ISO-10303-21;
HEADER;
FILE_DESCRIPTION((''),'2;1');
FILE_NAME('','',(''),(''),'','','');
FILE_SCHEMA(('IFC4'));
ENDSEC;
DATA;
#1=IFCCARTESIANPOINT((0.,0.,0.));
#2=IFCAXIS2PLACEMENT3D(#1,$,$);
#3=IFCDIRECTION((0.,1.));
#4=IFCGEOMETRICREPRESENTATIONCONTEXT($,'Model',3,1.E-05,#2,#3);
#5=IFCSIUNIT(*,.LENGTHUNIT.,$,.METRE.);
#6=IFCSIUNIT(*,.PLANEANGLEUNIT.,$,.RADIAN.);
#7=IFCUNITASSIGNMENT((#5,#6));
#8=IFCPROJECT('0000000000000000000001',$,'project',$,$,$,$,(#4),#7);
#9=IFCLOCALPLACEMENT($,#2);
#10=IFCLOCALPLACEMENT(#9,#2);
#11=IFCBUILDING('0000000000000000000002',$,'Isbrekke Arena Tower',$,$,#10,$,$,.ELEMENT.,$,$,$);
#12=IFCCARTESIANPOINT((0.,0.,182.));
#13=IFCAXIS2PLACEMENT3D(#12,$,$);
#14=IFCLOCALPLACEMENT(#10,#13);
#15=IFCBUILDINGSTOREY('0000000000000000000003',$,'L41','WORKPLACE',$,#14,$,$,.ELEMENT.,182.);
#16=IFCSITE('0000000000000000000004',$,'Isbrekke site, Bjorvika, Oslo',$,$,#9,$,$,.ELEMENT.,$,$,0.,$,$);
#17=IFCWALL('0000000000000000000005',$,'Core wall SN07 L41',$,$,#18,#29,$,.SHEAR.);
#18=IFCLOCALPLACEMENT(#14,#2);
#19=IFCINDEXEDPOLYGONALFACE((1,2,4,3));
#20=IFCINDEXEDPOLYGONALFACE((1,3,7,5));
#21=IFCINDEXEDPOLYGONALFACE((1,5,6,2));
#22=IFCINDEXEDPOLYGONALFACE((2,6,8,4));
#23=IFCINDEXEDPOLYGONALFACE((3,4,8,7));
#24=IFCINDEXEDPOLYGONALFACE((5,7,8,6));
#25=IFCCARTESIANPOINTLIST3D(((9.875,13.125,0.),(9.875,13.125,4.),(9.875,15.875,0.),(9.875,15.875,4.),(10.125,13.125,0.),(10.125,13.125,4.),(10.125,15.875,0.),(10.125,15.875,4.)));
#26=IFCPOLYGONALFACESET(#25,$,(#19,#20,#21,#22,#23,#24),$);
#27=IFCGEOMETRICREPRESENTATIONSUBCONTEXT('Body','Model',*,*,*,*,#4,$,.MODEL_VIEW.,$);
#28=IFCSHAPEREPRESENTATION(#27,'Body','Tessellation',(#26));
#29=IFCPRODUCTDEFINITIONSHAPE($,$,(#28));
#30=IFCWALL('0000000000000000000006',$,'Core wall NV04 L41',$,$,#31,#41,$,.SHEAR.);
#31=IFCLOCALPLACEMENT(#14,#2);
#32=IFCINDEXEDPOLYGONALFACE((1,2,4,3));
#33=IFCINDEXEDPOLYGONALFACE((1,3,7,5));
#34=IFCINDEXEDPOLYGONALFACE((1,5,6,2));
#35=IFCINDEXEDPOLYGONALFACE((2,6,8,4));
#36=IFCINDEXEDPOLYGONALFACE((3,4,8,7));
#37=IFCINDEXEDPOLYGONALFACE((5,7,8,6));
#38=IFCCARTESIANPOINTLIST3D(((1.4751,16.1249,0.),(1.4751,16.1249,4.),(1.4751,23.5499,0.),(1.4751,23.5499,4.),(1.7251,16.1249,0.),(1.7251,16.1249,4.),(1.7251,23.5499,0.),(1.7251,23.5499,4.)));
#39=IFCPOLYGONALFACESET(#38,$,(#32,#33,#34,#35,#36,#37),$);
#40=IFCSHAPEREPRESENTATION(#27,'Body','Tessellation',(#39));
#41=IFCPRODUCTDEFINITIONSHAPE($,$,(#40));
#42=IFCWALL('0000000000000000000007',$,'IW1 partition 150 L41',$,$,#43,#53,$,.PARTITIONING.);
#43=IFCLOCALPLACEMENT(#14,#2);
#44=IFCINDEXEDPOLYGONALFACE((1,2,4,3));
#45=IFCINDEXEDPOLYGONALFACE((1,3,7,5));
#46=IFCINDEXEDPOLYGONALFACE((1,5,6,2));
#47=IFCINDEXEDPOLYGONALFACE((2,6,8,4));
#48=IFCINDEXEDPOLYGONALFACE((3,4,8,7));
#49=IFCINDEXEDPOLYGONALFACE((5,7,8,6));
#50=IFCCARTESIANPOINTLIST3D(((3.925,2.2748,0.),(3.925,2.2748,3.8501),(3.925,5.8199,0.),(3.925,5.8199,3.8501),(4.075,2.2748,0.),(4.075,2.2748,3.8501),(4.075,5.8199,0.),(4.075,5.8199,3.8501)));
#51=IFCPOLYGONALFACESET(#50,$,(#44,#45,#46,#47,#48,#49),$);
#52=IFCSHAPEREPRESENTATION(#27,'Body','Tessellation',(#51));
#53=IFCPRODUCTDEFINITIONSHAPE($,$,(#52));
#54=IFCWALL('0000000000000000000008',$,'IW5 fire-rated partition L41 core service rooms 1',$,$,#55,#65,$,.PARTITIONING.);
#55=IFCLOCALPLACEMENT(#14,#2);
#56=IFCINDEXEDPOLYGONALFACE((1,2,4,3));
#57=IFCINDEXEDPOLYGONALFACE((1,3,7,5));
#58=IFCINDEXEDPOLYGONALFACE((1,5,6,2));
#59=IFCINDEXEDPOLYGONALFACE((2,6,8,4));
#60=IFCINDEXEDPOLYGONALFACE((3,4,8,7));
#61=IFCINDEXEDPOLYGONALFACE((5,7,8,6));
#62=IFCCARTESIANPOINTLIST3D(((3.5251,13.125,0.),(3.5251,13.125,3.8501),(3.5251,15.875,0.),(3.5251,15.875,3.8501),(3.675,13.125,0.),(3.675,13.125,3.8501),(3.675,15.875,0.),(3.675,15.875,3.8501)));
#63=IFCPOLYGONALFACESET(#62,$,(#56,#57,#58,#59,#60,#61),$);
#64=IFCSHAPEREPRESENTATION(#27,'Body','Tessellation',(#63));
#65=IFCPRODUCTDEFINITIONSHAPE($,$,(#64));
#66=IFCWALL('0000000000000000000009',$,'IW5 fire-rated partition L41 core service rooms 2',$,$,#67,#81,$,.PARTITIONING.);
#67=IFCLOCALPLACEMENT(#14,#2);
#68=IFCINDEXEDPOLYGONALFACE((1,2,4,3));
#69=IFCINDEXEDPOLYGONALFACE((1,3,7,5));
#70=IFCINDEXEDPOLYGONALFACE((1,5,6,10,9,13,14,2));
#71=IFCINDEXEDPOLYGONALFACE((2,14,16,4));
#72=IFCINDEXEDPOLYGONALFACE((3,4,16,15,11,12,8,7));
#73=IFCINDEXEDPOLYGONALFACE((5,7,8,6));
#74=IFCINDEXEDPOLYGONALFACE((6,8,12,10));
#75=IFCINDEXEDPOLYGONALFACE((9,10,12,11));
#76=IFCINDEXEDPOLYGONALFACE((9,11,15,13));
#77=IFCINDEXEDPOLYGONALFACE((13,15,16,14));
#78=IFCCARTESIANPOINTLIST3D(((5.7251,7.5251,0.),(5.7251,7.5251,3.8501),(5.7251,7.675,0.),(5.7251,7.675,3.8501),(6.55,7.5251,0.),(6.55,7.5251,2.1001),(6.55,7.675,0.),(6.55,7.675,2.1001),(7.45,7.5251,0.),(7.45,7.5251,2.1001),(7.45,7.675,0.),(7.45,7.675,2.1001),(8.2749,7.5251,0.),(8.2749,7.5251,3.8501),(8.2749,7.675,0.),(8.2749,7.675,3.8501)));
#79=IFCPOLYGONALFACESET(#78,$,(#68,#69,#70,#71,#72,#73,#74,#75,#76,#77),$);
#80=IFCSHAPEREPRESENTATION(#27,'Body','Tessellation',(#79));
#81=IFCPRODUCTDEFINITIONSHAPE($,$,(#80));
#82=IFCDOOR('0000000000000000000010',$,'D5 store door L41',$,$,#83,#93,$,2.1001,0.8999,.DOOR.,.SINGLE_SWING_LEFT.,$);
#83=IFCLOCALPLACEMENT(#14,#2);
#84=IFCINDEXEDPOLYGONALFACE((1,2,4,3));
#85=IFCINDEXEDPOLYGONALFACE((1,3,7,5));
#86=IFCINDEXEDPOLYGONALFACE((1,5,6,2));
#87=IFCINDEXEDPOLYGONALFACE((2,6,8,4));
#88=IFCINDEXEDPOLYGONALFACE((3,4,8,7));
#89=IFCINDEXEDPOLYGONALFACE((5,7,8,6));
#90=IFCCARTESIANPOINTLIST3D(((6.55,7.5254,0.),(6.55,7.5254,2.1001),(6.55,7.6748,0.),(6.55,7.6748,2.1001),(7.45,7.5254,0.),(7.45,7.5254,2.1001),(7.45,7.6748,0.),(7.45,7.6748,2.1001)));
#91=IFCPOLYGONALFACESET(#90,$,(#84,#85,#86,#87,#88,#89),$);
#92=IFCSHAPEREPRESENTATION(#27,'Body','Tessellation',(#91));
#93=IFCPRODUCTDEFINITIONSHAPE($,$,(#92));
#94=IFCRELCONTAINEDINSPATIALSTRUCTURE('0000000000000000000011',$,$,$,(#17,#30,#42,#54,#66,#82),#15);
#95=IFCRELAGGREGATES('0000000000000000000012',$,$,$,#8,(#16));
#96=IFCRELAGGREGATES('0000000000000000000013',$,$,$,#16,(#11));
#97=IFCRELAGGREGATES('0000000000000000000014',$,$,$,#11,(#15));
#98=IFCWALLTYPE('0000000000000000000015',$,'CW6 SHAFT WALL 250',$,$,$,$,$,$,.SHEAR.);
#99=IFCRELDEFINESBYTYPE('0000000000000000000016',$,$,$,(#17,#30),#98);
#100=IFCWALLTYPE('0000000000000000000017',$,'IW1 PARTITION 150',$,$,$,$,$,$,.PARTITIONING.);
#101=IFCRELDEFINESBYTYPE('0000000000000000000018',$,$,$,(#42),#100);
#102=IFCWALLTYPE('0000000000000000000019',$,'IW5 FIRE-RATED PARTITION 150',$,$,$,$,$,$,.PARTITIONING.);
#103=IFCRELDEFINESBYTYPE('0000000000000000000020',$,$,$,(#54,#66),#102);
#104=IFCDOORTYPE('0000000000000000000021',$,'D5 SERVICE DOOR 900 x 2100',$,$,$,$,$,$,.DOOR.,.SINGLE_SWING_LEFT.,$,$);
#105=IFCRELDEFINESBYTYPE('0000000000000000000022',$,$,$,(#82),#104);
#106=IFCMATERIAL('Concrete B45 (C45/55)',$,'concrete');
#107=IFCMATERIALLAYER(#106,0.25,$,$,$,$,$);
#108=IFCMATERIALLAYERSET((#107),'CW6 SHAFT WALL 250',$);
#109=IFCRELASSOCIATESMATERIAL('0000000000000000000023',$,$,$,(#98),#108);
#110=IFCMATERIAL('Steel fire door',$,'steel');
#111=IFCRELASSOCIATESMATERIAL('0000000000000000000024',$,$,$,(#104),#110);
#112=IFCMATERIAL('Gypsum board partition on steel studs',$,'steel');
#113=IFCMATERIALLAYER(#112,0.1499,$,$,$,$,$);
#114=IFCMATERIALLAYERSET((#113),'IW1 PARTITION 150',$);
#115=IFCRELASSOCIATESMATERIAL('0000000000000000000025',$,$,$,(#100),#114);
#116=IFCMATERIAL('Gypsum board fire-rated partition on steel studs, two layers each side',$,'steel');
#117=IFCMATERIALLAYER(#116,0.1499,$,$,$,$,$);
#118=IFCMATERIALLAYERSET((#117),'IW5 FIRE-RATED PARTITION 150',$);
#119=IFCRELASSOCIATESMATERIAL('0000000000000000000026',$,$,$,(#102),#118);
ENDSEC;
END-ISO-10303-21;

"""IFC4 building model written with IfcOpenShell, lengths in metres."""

from ifc_helpers import new_model, si_unit, direction, frame, frame_2d, origin, place, context, subcontext, project, spatial, rectangle, extrude, material, layer, layer_set, type_object, element, fill, save


model = new_model("IFC4")

# Units and contexts
model_context = context("Model", 3, precision=1e-05, world=origin(), true_north=direction((0.0, 1.0)))
body_context = subcontext(model_context, "Body", "Model", "MODEL_VIEW")
ifc_project = project(units=[si_unit("LENGTHUNIT", "METRE"), si_unit("PLANEANGLEUNIT", "RADIAN")], contexts=[model_context])

# Site, building, storey
site_placement = place(None, origin())
site = spatial("IfcSite", under=ifc_project, at=site_placement, Name="Isbrekke site, Bjorvika, Oslo", CompositionType="ELEMENT", RefElevation=0.0)
building_placement = place(site_placement, origin())
building = spatial("IfcBuilding", under=site, at=building_placement, Name="Isbrekke Arena Tower", CompositionType="ELEMENT")
storey_placement = place(building_placement, frame((0.0, 0.0, 182.0)))
storey = spatial("IfcBuildingStorey", under=building, at=storey_placement, Name="L41", Description="WORKPLACE", CompositionType="ELEMENT", Elevation=182.0)

# Shared definitions
ifc_material_1 = material(Name="Concrete B45 (C45/55)", Category="concrete")
ifc_layer_1 = layer(ifc_material_1, 0.25)
ifc_layer_set_1 = layer_set([ifc_layer_1], Name="CW6 SHAFT WALL 250")
wall_type_1 = type_object("IfcWallType", Name="CW6 SHAFT WALL 250", PredefinedType="SHEAR", material=ifc_layer_set_1)

# Shared definitions
ifc_material_2 = material(Name="Steel fire door", Category="steel")
door_type_1 = type_object("IfcDoorType", Name="D5 SERVICE DOOR 900 x 2100", OperationType="SINGLE_SWING_LEFT", PredefinedType="DOOR", material=ifc_material_2)

# Walls
wall_1_placement = place(storey_placement, frame((10.0, 13.125, 0.0), z_axis=(0.0, 0.0, 1.0), x_axis=(0.0, 1.0, 0.0)))
element("IfcWall", 1, at=wall_1_placement, inside=storey, type_object=wall_type_1, Name="Core wall SN07 L41", PredefinedType="SHEAR", context=body_context, shape_type="SweptSolid", body=[
    extrude(rectangle(XDim=2.75, YDim=0.25, at=frame_2d((1.375, 0.0))), origin(), (0.0, 0.0, 1.0), 4.0),
])
wall_2_placement = place(storey_placement, frame((1.6001, 16.125, 0.0), z_axis=(0.0, 0.0, 1.0), x_axis=(0.0, 1.0, 0.0)))
element("IfcWall", 2, at=wall_2_placement, inside=storey, type_object=wall_type_1, Name="Core wall NV04 L41", PredefinedType="SHEAR", context=body_context, shape_type="SweptSolid", body=[
    extrude(rectangle(XDim=7.425, YDim=0.25, at=frame_2d((3.7124, 0.0))), origin(), (0.0, 0.0, 1.0), 4.0),
])
ifc_material_3 = material(Name="Gypsum board partition on steel studs", Category="steel")
ifc_layer_2 = layer(ifc_material_3, 0.1499)
ifc_layer_set_2 = layer_set([ifc_layer_2], Name="IW1 PARTITION 150")
wall_type_2 = type_object("IfcWallType", Name="IW1 PARTITION 150", PredefinedType="PARTITIONING", material=ifc_layer_set_2)
wall_3_placement = place(storey_placement, frame((4.0, 2.2749, 0.0), z_axis=(0.0, 0.0, 1.0), x_axis=(0.0, 1.0, 0.0)))
element("IfcWall", 3, at=wall_3_placement, inside=storey, type_object=wall_type_2, Name="IW1 partition 150 L41", PredefinedType="PARTITIONING", context=body_context, shape_type="SweptSolid", body=[
    extrude(rectangle(XDim=3.5452, YDim=0.1499, at=frame_2d((1.7725, 0.0))), origin(), (0.0, 0.0, 1.0), 3.8501),
])
ifc_material_4 = material(Name="Gypsum board fire-rated partition on steel studs, two layers each side", Category="steel")
ifc_layer_3 = layer(ifc_material_4, 0.1499)
ifc_layer_set_3 = layer_set([ifc_layer_3], Name="IW5 FIRE-RATED PARTITION 150")
wall_type_3 = type_object("IfcWallType", Name="IW5 FIRE-RATED PARTITION 150", PredefinedType="PARTITIONING", material=ifc_layer_set_3)
wall_4_placement = place(storey_placement, frame((3.6001, 13.125, 0.0), z_axis=(0.0, 0.0, 1.0), x_axis=(0.0, 1.0, 0.0)))
element("IfcWall", 4, at=wall_4_placement, inside=storey, type_object=wall_type_3, Name="IW5 fire-rated partition L41 core service rooms 1", PredefinedType="PARTITIONING", context=body_context, shape_type="SweptSolid", body=[
    extrude(rectangle(XDim=2.75, YDim=0.1499, at=frame_2d((1.375, 0.0))), origin(), (0.0, 0.0, 1.0), 3.8501),
])

# Wall, opening, door
wall_5_placement = place(storey_placement, frame((5.7251, 7.6001, 0.0), z_axis=(0.0, 0.0, 1.0), x_axis=(1.0, 0.0, 0.0)))
wall_5 = element("IfcWall", 5, at=wall_5_placement, inside=storey, type_object=wall_type_3, Name="IW5 fire-rated partition L41 core service rooms 2", PredefinedType="PARTITIONING", context=body_context, shape_type="SweptSolid", body=[
    extrude(rectangle(XDim=2.5498, YDim=0.1499, at=frame_2d((1.2749, 0.0))), origin(), (0.0, 0.0, 1.0), 3.8501),
])
opening_1_placement = place(wall_5_placement, frame((0.825, 0.0, 0.0)))
opening_1 = element("IfcOpeningElement", 6, at=opening_1_placement, cuts=wall_5, PredefinedType="OPENING", context=body_context, shape_type="SweptSolid", body=[
    extrude(rectangle(XDim=0.8999, YDim=2.1001, at=frame_2d((0.45, 1.05))), frame((0.0, 0.0898, 0.0), z_axis=(0.0, -1.0, 0.0), x_axis=(1.0, 0.0, 0.0)), (0.0, 0.0, 1.0), 0.1797),
])
door_1_placement = place(opening_1_placement, origin())
door_1 = element("IfcDoor", 7, at=door_1_placement, inside=storey, type_object=door_type_1, Name="D5 store door L41", OperationType="SINGLE_SWING_LEFT", OverallHeight=2.1001, OverallWidth=0.8999, PredefinedType="DOOR", context=body_context, shape_type="SweptSolid", body=[
    extrude(rectangle(XDim=0.8999, YDim=2.1001, at=frame_2d((0.45, 1.05))), frame((0.0, 0.0747, 0.0), z_axis=(0.0, -1.0, 0.0), x_axis=(1.0, 0.0, 0.0)), (0.0, 0.0, 1.0), 0.1494),
])
fill(opening_1, door_1)

save(model, "model.ifc")
